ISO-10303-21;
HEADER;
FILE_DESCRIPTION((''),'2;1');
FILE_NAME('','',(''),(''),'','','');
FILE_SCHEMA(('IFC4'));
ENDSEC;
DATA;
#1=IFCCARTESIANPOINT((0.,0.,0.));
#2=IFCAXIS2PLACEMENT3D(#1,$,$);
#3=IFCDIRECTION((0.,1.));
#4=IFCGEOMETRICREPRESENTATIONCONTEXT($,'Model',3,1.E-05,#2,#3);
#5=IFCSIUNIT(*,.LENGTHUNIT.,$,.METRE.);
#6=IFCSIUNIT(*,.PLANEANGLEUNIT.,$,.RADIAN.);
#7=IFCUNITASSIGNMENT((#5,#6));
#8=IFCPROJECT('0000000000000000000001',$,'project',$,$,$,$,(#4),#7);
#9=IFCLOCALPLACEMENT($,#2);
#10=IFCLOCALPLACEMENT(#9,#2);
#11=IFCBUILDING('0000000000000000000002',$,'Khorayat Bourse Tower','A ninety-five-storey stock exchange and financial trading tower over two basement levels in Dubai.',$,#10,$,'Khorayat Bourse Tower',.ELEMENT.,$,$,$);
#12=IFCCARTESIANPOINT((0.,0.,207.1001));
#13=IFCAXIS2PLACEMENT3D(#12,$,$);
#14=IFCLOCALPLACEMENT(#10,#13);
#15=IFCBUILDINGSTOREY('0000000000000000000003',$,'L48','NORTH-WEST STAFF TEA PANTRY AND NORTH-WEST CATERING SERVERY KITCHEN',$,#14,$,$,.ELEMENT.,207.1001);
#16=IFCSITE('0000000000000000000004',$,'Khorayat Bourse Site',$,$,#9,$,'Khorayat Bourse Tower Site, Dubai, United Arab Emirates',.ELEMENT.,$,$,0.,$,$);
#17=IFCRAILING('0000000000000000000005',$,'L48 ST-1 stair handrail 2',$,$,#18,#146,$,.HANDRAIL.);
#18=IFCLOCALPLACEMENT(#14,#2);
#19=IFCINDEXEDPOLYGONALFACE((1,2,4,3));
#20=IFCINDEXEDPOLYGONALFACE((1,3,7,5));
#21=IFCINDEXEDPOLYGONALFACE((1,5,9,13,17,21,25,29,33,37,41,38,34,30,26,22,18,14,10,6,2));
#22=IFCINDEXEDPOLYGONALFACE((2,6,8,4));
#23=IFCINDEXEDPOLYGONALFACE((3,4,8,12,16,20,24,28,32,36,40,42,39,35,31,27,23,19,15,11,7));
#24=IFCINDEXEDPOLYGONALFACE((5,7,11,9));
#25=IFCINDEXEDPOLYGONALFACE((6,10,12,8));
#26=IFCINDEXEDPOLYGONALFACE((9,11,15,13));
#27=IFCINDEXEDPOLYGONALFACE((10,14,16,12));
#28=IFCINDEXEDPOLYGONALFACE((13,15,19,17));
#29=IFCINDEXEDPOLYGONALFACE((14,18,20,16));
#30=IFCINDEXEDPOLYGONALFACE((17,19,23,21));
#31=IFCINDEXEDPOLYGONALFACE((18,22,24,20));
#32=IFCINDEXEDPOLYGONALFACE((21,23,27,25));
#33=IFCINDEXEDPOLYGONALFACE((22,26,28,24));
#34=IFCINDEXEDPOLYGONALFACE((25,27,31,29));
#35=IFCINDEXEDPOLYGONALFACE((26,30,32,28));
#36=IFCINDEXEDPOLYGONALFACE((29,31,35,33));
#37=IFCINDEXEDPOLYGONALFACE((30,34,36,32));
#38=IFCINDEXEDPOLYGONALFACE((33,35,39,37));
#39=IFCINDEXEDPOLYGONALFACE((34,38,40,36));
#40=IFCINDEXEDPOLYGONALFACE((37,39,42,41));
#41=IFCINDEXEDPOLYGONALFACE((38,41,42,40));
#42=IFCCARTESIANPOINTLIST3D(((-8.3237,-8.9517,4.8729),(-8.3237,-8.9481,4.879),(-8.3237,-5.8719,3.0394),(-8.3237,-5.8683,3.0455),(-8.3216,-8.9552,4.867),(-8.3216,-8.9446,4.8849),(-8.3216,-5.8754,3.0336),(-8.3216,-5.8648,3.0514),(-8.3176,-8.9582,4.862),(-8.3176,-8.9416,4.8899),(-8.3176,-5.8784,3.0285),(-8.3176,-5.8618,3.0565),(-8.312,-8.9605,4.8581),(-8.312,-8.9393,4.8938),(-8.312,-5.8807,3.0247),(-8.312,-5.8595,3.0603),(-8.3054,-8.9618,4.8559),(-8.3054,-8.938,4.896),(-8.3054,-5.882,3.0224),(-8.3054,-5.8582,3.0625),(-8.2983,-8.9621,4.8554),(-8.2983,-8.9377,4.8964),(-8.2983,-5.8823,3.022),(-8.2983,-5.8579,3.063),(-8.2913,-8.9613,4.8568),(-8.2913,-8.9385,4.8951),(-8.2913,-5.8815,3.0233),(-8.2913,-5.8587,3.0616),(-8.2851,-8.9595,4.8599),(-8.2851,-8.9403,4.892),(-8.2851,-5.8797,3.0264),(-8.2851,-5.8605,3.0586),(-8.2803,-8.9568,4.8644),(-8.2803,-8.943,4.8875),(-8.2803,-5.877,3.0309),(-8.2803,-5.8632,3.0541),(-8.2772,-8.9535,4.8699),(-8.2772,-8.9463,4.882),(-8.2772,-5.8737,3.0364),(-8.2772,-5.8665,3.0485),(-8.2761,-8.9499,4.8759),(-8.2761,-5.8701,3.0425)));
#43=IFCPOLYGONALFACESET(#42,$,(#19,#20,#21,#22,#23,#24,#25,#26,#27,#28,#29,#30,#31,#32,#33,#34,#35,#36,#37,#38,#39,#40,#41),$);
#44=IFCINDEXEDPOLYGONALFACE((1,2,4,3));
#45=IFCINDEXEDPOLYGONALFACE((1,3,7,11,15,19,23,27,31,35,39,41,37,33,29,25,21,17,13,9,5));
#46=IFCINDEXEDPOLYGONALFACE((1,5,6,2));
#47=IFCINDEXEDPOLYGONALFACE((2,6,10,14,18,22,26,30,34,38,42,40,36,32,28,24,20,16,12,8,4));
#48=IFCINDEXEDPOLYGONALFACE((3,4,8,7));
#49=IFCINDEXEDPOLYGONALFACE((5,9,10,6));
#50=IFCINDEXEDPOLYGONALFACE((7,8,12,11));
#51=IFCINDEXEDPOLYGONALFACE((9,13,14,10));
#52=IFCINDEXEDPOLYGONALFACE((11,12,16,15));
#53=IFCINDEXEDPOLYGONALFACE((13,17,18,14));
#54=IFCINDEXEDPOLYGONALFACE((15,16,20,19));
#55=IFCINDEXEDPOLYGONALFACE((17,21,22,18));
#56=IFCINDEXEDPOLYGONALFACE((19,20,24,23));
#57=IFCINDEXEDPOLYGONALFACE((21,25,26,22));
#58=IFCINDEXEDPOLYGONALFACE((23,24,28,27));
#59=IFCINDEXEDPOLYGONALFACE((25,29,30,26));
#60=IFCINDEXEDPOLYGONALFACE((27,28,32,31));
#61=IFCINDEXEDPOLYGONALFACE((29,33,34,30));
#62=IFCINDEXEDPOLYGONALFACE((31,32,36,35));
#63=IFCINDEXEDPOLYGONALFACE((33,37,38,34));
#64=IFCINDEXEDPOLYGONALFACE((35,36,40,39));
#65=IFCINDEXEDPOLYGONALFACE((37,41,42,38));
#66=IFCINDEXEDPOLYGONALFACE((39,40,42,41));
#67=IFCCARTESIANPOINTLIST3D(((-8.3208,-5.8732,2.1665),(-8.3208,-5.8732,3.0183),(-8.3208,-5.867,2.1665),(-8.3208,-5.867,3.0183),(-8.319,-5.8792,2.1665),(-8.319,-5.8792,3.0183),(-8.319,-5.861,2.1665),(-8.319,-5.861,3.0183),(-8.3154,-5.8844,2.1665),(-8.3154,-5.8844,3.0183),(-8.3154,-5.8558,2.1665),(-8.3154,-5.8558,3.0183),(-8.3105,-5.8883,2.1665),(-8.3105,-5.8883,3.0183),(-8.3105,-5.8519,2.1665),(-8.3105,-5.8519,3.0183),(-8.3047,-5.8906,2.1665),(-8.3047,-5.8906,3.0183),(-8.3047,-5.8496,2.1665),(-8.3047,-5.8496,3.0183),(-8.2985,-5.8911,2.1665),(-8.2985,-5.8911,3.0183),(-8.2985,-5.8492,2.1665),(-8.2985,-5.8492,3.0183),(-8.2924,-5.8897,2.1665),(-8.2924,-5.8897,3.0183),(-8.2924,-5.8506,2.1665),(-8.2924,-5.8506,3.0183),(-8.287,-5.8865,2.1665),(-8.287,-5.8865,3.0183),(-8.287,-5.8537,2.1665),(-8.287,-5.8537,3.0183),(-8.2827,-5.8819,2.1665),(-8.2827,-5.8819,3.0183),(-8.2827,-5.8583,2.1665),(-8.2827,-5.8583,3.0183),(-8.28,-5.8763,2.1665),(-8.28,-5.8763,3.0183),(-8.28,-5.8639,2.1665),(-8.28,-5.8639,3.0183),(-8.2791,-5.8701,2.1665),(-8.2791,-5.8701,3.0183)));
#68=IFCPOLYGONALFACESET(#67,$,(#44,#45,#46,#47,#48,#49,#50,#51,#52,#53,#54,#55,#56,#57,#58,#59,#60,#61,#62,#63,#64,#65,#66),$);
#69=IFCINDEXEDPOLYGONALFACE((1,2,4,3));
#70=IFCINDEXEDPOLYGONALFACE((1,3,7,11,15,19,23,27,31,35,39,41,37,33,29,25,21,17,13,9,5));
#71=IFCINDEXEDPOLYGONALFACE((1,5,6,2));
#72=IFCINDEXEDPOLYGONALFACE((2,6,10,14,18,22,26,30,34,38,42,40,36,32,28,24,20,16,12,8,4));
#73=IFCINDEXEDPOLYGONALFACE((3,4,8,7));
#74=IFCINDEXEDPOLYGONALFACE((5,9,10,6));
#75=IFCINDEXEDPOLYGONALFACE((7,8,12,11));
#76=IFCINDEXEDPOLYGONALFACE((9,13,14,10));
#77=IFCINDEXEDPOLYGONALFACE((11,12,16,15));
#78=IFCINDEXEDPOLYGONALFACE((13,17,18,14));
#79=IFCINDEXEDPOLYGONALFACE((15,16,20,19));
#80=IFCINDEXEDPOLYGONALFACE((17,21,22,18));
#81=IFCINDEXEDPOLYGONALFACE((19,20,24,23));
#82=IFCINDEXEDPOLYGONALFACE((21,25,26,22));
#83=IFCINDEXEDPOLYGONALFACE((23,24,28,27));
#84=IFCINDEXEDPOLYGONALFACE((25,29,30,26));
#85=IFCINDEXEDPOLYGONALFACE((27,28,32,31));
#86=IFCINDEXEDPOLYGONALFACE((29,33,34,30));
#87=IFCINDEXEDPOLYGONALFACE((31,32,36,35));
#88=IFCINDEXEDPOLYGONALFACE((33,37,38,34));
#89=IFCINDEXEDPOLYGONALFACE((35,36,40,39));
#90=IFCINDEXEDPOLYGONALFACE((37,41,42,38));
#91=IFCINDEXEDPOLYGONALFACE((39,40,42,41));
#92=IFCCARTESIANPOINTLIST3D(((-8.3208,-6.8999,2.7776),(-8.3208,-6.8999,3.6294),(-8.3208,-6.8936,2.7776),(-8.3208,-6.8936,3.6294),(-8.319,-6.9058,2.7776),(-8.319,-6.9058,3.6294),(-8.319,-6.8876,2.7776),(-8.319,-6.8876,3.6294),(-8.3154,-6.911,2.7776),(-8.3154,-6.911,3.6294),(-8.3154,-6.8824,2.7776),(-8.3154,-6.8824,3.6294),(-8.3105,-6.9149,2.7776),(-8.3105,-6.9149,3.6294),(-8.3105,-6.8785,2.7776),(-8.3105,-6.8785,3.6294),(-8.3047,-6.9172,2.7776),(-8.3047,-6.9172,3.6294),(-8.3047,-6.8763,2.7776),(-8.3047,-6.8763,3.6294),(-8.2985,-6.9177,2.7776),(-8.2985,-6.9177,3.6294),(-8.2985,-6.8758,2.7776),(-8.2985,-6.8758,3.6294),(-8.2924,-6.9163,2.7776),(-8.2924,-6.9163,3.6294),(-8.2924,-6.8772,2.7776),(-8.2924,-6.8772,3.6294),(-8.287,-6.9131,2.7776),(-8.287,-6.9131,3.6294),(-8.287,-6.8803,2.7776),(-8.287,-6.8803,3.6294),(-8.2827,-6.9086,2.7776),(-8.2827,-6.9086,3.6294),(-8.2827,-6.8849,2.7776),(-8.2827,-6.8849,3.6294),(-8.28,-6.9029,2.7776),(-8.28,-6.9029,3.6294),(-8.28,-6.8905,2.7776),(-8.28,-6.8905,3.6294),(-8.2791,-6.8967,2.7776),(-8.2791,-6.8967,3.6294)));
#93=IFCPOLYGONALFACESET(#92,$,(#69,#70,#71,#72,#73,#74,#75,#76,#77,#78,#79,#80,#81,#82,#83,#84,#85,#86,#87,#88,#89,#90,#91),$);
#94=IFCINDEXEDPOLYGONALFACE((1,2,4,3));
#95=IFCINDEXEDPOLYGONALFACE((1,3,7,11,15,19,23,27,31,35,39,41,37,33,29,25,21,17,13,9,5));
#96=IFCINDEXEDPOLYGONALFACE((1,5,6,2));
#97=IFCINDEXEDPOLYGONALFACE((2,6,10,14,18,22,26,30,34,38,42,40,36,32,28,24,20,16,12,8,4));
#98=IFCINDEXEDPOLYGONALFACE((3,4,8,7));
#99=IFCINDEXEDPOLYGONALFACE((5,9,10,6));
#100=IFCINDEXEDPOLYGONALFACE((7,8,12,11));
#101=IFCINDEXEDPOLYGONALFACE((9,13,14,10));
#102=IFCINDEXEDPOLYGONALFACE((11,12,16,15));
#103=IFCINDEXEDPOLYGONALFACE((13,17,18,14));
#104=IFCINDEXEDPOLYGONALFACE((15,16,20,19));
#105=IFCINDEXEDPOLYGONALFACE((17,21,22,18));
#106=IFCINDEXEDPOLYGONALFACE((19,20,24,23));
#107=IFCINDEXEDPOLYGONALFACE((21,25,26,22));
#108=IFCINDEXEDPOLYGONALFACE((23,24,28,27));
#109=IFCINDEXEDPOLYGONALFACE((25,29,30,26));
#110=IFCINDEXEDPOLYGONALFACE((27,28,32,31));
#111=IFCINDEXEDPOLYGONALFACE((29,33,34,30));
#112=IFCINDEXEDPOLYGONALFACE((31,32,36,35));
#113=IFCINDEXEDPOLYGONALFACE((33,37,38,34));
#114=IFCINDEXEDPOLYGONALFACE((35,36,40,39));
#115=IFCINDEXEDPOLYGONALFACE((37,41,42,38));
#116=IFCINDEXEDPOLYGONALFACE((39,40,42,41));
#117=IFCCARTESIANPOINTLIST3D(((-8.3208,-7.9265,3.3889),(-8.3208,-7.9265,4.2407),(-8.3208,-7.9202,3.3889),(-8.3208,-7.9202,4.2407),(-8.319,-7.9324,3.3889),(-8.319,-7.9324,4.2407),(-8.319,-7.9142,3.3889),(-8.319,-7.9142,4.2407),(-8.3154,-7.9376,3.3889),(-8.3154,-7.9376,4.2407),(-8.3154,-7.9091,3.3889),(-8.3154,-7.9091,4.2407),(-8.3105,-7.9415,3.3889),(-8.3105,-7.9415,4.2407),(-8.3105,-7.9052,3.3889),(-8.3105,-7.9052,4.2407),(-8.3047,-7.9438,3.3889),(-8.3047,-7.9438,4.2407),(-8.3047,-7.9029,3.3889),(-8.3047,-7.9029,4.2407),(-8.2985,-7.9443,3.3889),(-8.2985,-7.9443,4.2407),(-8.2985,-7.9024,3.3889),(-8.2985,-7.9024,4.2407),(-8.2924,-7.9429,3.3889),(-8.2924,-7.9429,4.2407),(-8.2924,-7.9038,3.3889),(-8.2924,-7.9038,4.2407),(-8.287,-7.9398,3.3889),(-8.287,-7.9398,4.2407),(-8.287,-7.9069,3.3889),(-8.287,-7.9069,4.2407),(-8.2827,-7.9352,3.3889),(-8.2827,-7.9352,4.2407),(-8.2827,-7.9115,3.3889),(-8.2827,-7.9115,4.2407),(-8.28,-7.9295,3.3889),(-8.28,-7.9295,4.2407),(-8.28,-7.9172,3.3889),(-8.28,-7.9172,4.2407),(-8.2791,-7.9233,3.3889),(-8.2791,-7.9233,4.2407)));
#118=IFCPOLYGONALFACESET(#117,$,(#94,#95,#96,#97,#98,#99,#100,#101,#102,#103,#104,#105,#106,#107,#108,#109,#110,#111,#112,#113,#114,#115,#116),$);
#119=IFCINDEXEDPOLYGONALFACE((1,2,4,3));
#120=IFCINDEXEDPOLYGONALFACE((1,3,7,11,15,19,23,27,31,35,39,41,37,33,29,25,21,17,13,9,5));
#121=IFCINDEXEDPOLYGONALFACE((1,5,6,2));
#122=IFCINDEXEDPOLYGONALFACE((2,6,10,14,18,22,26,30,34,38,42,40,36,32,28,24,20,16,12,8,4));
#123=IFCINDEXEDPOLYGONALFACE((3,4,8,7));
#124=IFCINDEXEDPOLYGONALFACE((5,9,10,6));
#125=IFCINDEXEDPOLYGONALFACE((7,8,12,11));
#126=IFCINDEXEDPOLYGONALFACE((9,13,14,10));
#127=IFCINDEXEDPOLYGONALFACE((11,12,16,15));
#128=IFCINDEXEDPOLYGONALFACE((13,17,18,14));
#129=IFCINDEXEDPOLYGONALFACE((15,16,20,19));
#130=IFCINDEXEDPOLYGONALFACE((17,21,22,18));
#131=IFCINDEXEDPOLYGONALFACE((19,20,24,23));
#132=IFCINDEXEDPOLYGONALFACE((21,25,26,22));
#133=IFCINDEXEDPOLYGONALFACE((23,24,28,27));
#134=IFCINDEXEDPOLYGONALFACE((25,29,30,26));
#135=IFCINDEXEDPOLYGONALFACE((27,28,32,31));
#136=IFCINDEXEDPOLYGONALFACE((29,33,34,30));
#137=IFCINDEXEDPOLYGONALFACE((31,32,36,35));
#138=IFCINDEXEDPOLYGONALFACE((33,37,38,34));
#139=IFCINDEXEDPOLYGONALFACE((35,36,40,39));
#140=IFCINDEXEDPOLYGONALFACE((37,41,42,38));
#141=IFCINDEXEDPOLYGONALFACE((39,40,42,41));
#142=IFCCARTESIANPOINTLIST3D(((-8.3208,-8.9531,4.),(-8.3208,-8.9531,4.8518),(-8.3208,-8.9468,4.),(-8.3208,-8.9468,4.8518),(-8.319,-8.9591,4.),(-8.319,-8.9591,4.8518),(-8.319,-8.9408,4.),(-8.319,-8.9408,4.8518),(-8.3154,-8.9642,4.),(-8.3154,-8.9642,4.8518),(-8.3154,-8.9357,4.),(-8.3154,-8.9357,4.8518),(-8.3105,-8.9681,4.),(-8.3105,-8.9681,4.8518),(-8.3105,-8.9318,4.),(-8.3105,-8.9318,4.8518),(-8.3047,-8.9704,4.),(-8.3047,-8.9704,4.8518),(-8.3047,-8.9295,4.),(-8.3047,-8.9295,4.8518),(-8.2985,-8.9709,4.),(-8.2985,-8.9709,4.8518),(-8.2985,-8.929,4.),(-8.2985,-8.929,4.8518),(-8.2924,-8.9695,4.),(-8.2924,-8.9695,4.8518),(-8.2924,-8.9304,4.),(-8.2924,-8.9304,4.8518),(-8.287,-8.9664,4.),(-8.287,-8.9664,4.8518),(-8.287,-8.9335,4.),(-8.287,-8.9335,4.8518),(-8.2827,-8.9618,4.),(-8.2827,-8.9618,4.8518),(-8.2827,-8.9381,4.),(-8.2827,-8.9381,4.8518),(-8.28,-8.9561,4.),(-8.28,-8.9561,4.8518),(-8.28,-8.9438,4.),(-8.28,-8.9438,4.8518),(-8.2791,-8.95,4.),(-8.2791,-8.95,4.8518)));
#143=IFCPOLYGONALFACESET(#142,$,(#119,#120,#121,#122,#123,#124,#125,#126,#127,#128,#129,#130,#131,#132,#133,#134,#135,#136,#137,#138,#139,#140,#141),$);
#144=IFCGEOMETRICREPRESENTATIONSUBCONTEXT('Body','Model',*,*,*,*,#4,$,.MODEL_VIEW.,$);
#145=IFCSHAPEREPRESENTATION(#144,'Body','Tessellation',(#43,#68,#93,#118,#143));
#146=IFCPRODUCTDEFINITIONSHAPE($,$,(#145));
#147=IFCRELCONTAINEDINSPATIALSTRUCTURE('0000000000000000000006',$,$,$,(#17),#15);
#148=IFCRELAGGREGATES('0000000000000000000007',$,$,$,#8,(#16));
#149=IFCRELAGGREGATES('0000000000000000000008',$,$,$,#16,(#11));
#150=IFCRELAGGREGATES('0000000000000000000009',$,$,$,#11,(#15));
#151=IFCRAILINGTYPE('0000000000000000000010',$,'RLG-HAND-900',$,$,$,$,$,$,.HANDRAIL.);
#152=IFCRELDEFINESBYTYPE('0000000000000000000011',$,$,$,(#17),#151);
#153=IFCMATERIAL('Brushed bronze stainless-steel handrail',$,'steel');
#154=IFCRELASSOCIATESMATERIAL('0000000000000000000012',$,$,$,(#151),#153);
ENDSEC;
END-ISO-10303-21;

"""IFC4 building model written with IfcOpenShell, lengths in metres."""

from ifc_helpers import new_model, si_unit, direction, frame, origin, origin_2d, place, context, subcontext, project, spatial, circle, extrude, source, transform, mapped, material, type_object, element, save


model = new_model("IFC4")

# Units and contexts
model_context = context("Model", 3, precision=1e-05, world=origin(), true_north=direction((0.0, 1.0)))
body_context = subcontext(model_context, "Body", "Model", "MODEL_VIEW")
ifc_project = project(units=[si_unit("LENGTHUNIT", "METRE"), si_unit("PLANEANGLEUNIT", "RADIAN")], contexts=[model_context])

# Site, building, storey
site_placement = place(None, origin())
site = spatial("IfcSite", under=ifc_project, at=site_placement, Name="Khorayat Bourse Site", LongName="Khorayat Bourse Tower Site, Dubai, United Arab Emirates", CompositionType="ELEMENT", RefElevation=0.0)
building_placement = place(site_placement, origin())
building = spatial("IfcBuilding", under=site, at=building_placement, Name="Khorayat Bourse Tower", Description="A ninety-five-storey stock exchange and financial trading tower over two basement levels in Dubai.", LongName="Khorayat Bourse Tower", CompositionType="ELEMENT")
storey_placement = place(building_placement, frame((0.0, 0.0, 207.1001)))
storey = spatial("IfcBuildingStorey", under=building, at=storey_placement, Name="L48", Description="NORTH-WEST STAFF TEA PANTRY AND NORTH-WEST CATERING SERVERY KITCHEN", CompositionType="ELEMENT", Elevation=207.1001)

# Railing
ifc_material_1 = material(Name="Brushed bronze stainless-steel handrail", Category="steel")
railing_type = type_object("IfcRailingType", Name="RLG-HAND-900", PredefinedType="HANDRAIL", material=ifc_material_1)
shared_shape_1 = source(origin(), body_context, "Body", "SweptSolid", [
    extrude(circle(Radius=0.0239, at=origin_2d()), frame((0.0, 0.0, 0.876), z_axis=(0.0, -0.859261, 0.511538), x_axis=(1.0, 0.0, 0.0)), (0.0, 0.0, 1.0), 3.5842),
    extrude(circle(Radius=0.021, at=origin_2d()), origin(), (0.0, 0.0, 1.0), 0.8518),
    extrude(circle(Radius=0.021, at=origin_2d()), frame((0.0, -1.0266, 0.6111)), (0.0, 0.0, 1.0), 0.8518),
    extrude(circle(Radius=0.021, at=origin_2d()), frame((0.0, -2.0532, 1.2224)), (0.0, 0.0, 1.0), 0.8518),
    extrude(circle(Radius=0.021, at=origin_2d()), frame((0.0, -3.0798, 1.8335)), (0.0, 0.0, 1.0), 0.8518),
])
railing_placement = place(storey_placement, frame((-8.3, -5.8701, 2.1665)))
element("IfcRailing", 1, at=railing_placement, inside=storey, type_object=railing_type, Name="L48 ST-1 stair handrail 2", PredefinedType="HANDRAIL", context=body_context, shape_type="MappedRepresentation", body=[
    mapped(shared_shape_1, transform((0.0, 0.0, 0.0), scale=1.0)),
])

save(model, "model.ifc")
